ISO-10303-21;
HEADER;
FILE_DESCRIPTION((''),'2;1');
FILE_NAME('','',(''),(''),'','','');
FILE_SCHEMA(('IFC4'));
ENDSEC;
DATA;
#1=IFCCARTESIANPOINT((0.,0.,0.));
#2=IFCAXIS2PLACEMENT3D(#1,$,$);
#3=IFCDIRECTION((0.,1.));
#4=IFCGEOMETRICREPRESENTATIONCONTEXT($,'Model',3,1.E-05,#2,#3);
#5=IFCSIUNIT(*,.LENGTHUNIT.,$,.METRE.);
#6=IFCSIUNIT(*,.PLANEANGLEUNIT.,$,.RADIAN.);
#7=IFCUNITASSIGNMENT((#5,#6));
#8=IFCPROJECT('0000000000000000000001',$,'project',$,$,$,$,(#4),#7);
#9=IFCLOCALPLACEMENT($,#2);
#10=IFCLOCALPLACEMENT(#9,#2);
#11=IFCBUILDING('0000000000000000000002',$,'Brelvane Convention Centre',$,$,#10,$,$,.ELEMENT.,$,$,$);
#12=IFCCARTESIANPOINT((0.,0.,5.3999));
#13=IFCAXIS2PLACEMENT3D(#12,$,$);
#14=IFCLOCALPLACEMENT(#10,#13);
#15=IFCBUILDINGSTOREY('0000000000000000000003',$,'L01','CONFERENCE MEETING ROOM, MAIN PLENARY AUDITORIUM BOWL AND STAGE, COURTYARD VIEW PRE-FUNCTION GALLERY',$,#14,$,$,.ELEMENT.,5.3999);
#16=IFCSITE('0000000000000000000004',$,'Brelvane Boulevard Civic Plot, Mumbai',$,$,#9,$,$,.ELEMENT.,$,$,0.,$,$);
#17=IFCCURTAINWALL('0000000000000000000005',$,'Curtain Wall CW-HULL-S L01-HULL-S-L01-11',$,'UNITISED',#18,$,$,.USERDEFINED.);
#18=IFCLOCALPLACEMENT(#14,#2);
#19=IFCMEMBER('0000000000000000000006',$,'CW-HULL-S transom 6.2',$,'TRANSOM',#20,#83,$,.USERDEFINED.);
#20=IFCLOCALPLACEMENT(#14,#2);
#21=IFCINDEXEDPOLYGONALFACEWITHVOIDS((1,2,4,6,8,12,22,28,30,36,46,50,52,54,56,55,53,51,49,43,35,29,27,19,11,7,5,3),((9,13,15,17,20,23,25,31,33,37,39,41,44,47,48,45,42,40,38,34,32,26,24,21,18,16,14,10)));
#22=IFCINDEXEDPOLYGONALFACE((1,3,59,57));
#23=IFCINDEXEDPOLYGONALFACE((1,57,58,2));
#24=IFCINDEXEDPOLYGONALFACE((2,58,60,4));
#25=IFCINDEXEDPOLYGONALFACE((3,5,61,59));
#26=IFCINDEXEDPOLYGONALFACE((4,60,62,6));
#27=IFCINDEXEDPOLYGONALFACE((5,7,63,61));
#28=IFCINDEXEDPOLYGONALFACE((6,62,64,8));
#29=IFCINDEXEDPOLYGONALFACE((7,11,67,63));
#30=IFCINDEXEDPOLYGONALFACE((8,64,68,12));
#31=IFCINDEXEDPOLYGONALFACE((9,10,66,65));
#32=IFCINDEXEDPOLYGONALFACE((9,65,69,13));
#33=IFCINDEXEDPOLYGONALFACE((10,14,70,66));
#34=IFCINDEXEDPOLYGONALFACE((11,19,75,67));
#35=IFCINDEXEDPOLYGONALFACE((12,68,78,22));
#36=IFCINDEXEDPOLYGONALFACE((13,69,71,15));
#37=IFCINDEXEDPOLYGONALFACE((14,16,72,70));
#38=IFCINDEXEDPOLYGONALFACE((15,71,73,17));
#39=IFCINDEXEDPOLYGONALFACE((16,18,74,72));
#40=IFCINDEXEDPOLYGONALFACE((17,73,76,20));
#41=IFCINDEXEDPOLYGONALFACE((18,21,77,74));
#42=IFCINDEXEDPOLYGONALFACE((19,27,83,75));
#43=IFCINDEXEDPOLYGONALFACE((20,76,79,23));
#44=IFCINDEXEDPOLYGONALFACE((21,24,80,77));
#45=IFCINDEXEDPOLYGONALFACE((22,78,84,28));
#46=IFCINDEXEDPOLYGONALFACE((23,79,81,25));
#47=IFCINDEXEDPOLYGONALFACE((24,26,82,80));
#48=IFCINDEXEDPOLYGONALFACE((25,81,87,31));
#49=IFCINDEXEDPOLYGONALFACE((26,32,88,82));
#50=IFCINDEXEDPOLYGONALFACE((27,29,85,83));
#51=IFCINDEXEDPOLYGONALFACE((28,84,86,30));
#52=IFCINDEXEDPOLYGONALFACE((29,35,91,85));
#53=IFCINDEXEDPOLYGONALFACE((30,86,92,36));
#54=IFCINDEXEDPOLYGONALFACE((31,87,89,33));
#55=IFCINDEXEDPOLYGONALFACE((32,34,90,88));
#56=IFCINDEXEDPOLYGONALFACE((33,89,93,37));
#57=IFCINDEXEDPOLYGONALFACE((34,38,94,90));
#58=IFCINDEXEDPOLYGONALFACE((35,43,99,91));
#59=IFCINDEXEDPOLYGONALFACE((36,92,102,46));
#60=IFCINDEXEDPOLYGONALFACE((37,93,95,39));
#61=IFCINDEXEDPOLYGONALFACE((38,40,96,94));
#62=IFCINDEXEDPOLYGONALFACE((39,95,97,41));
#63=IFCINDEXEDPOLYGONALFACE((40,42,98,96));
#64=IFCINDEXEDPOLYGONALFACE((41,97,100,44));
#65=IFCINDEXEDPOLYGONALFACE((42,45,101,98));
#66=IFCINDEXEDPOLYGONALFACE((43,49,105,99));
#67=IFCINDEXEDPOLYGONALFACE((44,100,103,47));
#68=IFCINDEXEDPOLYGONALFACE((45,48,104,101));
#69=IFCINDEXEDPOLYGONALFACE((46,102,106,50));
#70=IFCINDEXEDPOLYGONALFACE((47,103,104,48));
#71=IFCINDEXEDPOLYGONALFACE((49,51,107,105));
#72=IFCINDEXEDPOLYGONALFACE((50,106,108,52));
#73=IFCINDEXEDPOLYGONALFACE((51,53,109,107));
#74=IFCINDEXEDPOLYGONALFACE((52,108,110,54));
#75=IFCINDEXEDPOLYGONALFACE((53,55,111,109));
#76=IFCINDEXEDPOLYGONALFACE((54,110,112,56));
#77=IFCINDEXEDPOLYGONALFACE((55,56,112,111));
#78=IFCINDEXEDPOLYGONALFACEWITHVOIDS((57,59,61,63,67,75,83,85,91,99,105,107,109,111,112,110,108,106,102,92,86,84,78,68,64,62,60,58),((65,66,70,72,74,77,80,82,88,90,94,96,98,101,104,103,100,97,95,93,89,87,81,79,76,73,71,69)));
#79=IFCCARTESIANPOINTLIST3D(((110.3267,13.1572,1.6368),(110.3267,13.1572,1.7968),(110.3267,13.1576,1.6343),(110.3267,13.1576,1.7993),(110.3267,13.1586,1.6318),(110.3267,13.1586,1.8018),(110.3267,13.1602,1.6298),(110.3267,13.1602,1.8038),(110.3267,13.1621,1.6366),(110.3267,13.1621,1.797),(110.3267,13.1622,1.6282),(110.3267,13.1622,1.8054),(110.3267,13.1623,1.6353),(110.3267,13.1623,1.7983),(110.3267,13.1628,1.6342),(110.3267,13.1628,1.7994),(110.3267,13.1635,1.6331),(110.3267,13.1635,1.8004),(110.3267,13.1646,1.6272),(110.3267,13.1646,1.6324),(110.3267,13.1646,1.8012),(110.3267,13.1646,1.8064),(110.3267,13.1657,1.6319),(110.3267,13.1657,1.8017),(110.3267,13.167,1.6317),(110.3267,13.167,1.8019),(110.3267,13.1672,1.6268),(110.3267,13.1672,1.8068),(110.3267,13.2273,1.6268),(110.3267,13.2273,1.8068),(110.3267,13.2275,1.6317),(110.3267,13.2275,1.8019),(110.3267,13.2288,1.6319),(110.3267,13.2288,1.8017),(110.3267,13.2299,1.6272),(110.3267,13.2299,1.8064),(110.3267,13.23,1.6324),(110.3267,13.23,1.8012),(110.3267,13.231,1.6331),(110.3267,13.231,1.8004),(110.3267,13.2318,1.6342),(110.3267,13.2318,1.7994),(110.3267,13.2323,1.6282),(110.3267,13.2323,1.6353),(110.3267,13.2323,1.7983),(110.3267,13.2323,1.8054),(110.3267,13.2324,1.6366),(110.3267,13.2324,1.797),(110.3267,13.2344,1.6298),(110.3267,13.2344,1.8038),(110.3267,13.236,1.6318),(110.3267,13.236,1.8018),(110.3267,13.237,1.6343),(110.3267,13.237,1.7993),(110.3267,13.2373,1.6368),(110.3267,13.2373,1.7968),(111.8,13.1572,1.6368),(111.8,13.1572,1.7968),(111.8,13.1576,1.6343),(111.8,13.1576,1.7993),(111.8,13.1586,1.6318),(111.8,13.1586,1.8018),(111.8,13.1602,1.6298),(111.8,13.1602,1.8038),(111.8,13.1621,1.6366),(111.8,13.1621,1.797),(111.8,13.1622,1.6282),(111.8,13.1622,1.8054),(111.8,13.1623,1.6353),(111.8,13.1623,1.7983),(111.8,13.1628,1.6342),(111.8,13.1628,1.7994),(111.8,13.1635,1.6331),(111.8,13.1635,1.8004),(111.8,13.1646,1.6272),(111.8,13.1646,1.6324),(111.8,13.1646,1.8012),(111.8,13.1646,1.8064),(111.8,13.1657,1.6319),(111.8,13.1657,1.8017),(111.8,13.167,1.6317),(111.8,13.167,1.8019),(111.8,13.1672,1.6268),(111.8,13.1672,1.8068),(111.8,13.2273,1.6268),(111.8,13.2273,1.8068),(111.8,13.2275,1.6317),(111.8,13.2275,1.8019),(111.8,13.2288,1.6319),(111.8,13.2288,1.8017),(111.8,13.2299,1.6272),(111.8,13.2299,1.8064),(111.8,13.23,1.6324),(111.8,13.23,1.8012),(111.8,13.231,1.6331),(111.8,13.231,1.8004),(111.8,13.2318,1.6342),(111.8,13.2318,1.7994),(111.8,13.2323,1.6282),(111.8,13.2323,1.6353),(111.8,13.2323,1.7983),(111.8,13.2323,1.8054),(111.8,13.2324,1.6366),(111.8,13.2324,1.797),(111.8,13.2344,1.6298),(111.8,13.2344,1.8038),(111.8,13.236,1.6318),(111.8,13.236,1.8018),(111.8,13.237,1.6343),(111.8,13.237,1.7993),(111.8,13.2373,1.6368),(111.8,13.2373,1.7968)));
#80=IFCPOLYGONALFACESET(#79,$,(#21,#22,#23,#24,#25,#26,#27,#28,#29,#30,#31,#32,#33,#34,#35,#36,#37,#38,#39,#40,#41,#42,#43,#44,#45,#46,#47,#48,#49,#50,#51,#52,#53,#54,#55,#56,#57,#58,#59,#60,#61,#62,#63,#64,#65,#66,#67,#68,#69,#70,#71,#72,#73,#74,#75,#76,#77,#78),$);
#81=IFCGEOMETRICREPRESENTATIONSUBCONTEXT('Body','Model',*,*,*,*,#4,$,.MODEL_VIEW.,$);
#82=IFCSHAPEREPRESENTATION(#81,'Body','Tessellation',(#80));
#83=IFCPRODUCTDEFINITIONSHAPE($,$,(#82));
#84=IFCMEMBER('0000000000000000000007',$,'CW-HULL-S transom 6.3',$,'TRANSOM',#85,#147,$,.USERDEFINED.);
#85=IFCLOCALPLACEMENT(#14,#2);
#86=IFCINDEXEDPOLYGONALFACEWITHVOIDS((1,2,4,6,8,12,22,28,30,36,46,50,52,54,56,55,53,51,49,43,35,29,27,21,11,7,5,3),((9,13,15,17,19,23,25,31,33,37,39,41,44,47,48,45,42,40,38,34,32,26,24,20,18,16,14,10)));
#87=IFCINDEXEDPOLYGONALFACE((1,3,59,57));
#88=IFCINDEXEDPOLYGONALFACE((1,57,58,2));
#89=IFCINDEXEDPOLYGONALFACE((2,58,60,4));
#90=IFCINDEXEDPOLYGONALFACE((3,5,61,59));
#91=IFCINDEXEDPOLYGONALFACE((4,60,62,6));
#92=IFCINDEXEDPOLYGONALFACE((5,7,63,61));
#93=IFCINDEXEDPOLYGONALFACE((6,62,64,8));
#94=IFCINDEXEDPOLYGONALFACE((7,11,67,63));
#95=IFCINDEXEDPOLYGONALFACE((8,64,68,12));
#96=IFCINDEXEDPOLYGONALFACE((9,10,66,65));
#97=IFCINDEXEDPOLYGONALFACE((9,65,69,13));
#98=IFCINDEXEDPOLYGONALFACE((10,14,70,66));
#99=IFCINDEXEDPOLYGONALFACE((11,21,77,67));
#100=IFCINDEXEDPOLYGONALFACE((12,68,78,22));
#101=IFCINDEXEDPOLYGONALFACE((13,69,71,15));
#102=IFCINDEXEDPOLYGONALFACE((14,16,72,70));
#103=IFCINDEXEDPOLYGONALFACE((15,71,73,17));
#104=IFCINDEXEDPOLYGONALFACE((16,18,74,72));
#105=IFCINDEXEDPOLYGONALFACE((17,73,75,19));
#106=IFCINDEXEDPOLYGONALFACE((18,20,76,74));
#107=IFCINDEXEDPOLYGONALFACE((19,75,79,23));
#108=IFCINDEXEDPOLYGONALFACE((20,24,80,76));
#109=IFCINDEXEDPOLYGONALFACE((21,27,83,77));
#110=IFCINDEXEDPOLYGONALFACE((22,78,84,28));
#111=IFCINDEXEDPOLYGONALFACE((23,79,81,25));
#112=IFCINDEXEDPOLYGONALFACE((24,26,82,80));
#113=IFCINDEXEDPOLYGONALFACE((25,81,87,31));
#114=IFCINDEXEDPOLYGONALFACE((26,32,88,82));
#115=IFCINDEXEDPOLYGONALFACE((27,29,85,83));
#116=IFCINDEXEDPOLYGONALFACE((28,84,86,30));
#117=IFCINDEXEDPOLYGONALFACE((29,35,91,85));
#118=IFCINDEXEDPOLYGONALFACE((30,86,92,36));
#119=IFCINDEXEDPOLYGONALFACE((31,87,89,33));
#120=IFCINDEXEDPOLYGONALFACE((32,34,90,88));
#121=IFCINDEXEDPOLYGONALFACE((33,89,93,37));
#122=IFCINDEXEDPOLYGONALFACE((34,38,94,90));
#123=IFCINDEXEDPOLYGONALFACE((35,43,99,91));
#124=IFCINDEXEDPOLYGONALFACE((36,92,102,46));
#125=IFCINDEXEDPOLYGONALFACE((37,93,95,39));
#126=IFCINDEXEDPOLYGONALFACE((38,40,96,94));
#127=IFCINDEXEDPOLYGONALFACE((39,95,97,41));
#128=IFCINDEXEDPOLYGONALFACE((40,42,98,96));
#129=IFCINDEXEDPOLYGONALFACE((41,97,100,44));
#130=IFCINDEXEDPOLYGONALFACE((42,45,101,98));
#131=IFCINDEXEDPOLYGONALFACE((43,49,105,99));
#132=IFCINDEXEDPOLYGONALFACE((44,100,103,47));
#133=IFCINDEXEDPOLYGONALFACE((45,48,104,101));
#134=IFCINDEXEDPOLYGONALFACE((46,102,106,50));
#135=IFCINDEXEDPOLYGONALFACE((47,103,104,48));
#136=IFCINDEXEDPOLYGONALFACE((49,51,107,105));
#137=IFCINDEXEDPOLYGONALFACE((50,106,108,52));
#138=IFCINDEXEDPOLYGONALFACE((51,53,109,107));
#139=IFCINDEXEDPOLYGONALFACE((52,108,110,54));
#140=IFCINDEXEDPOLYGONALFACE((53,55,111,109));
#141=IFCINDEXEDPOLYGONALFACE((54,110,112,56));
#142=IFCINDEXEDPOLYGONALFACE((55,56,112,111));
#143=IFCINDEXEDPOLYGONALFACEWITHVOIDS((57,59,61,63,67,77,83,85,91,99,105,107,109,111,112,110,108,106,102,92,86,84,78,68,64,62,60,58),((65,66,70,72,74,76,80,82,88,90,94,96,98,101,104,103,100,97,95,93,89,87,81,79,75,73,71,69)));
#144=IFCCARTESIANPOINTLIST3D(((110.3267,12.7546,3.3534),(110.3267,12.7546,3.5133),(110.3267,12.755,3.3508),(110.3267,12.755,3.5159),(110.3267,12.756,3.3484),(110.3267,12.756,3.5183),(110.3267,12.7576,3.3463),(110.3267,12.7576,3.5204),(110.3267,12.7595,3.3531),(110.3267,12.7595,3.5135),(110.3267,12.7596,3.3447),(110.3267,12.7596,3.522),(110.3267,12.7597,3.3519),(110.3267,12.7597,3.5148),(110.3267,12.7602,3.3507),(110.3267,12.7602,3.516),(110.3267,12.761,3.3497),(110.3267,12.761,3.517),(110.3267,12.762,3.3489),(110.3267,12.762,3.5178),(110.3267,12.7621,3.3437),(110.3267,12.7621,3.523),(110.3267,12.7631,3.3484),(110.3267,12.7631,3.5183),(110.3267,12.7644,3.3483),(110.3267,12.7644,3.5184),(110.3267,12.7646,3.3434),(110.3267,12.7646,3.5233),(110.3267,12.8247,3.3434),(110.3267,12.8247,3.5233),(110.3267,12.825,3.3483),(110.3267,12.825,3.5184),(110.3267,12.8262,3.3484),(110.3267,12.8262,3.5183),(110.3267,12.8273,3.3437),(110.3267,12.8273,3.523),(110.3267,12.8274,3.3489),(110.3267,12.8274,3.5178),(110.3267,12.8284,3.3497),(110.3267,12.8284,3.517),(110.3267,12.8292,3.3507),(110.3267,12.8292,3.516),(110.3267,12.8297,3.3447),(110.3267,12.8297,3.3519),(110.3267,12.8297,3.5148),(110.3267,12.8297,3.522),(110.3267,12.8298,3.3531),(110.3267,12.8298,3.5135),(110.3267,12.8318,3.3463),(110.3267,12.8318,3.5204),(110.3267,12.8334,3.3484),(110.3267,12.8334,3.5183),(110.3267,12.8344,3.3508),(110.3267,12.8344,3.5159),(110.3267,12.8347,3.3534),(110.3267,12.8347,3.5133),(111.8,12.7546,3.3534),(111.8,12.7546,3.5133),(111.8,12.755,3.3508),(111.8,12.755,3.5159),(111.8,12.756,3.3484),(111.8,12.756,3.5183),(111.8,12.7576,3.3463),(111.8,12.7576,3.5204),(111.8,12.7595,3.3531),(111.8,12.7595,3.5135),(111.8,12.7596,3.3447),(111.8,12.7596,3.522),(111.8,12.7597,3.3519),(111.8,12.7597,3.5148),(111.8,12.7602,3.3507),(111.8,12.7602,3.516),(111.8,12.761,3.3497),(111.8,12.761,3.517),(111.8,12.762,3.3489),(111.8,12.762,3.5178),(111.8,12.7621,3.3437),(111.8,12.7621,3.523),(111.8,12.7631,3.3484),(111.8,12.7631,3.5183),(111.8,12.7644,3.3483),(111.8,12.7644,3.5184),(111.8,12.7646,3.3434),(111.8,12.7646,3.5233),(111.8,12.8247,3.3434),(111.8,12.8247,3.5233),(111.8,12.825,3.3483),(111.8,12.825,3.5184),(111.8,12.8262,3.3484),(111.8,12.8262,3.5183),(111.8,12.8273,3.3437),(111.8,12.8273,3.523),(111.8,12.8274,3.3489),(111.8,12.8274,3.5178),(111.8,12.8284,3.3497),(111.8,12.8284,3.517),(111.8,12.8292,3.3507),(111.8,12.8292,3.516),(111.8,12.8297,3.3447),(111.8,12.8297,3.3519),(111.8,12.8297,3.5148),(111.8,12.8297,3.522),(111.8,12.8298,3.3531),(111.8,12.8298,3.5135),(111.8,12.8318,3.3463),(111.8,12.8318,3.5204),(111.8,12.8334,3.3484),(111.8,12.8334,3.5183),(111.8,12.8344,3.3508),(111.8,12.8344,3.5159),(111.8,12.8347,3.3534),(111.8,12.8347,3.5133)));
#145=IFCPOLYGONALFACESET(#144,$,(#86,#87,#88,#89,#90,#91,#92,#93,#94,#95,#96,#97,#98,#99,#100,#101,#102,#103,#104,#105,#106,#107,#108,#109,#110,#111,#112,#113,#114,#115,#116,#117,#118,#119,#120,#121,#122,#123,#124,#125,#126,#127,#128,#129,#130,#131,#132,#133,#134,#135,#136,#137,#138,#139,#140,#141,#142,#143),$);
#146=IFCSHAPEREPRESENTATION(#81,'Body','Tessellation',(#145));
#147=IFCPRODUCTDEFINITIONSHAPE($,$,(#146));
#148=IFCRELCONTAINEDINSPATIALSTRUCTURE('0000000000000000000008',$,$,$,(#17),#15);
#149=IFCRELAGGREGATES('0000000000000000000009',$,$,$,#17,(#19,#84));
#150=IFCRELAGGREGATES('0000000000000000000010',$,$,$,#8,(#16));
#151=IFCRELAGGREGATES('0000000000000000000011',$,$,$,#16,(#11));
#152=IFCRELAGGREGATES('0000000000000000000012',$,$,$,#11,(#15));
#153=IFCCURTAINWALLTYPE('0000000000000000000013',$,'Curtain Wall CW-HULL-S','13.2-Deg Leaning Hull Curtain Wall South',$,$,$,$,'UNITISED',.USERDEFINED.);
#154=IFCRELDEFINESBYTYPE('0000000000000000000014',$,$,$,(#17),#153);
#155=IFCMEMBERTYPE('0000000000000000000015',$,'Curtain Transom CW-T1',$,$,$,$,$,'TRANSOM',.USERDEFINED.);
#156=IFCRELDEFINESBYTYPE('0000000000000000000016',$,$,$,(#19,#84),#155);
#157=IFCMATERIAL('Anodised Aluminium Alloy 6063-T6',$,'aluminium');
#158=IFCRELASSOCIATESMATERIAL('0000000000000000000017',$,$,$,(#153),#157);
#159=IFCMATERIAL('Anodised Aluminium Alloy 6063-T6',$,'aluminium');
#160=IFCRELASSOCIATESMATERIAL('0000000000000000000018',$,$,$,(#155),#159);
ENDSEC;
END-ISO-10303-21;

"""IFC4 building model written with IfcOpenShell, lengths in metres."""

from ifc_helpers import new_model, si_unit, direction, frame, origin, origin_2d, place, context, subcontext, project, spatial, hollow_rectangle, extrude, material, material_profile, profile_set, type_object, element, aggregate, save


model = new_model("IFC4")

# Units and contexts
model_context = context("Model", 3, precision=1e-05, world=origin(), true_north=direction((0.0, 1.0)))
body_context = subcontext(model_context, "Body", "Model", "MODEL_VIEW")
ifc_project = project(units=[si_unit("LENGTHUNIT", "METRE"), si_unit("PLANEANGLEUNIT", "RADIAN")], contexts=[model_context])

# Site, building, storey
site_placement = place(None, origin())
site = spatial("IfcSite", under=ifc_project, at=site_placement, Name="Brelvane Boulevard Civic Plot, Mumbai", CompositionType="ELEMENT", RefElevation=0.0)
building_placement = place(site_placement, origin())
building = spatial("IfcBuilding", under=site, at=building_placement, Name="Brelvane Convention Centre", CompositionType="ELEMENT")
storey_placement = place(building_placement, frame((0.0, 0.0, 5.3999)))
storey = spatial("IfcBuildingStorey", under=building, at=storey_placement, Name="L01", Description="CONFERENCE MEETING ROOM, MAIN PLENARY AUDITORIUM BOWL AND STAGE, COURTYARD VIEW PRE-FUNCTION GALLERY", CompositionType="ELEMENT", Elevation=5.3999)

# Curtain wall, members
ifc_material_1 = material(Name="Anodised Aluminium Alloy 6063-T6", Category="aluminium")
curtain_wall_type = type_object("IfcCurtainWallType", Name="Curtain Wall CW-HULL-S", Description="13.2-Deg Leaning Hull Curtain Wall South", ElementType="UNITISED", PredefinedType="USERDEFINED", material=ifc_material_1)
curtain_wall_1_placement = place(storey_placement, origin())
curtain_wall_1 = element("IfcCurtainWall", 1, at=curtain_wall_1_placement, inside=storey, type_object=curtain_wall_type, Name="Curtain Wall CW-HULL-S L01-HULL-S-L01-11", ObjectType="UNITISED", PredefinedType="USERDEFINED")
ifc_material_2 = material(Name="Anodised Aluminium Alloy 6063-T6", Category="aluminium")
ifc_material_profile = material_profile(ifc_material_2, hollow_rectangle(XDim=0.0801, YDim=0.1799, WallThickness=0.0049, InnerFilletRadius=0.0049, OuterFilletRadius=0.01, at=origin_2d()), Name="ALU-T 180x80x5.0")
ifc_profile_set = profile_set([ifc_material_profile], Name="Anodised Aluminium Alloy 6063-T6")
member_type = type_object("IfcMemberType", Name="Curtain Transom CW-T1", ElementType="TRANSOM", PredefinedType="USERDEFINED", material=ifc_profile_set)
member_1_placement = place(storey_placement, frame((110.3267, 13.1973, 1.7168), z_axis=(1.0, 0.0, 0.0), x_axis=(0.0, 1.0, 0.0)))
member_1 = element("IfcMember", 2, at=member_1_placement, type_object=member_type, Name="CW-HULL-S transom 6.2", ObjectType="TRANSOM", PredefinedType="USERDEFINED", context=body_context, shape_type="SweptSolid", body=[
    extrude(hollow_rectangle(XDim=0.0801, YDim=0.1799, WallThickness=0.0049, InnerFilletRadius=0.0049, OuterFilletRadius=0.01, at=origin_2d()), origin(), (0.0, 0.0, 1.0), 1.4734),
])
member_2_placement = place(storey_placement, frame((110.3267, 12.7947, 3.4333), z_axis=(1.0, 0.0, 0.0), x_axis=(0.0, 1.0, 0.0)))
member_2 = element("IfcMember", 3, at=member_2_placement, type_object=member_type, Name="CW-HULL-S transom 6.3", ObjectType="TRANSOM", PredefinedType="USERDEFINED", context=body_context, shape_type="SweptSolid", body=[
    extrude(hollow_rectangle(XDim=0.0801, YDim=0.1799, WallThickness=0.0049, InnerFilletRadius=0.0049, OuterFilletRadius=0.01, at=origin_2d()), origin(), (0.0, 0.0, 1.0), 1.4734),
])

aggregate(curtain_wall_1, [member_1, member_2])

save(model, "model.ifc")
